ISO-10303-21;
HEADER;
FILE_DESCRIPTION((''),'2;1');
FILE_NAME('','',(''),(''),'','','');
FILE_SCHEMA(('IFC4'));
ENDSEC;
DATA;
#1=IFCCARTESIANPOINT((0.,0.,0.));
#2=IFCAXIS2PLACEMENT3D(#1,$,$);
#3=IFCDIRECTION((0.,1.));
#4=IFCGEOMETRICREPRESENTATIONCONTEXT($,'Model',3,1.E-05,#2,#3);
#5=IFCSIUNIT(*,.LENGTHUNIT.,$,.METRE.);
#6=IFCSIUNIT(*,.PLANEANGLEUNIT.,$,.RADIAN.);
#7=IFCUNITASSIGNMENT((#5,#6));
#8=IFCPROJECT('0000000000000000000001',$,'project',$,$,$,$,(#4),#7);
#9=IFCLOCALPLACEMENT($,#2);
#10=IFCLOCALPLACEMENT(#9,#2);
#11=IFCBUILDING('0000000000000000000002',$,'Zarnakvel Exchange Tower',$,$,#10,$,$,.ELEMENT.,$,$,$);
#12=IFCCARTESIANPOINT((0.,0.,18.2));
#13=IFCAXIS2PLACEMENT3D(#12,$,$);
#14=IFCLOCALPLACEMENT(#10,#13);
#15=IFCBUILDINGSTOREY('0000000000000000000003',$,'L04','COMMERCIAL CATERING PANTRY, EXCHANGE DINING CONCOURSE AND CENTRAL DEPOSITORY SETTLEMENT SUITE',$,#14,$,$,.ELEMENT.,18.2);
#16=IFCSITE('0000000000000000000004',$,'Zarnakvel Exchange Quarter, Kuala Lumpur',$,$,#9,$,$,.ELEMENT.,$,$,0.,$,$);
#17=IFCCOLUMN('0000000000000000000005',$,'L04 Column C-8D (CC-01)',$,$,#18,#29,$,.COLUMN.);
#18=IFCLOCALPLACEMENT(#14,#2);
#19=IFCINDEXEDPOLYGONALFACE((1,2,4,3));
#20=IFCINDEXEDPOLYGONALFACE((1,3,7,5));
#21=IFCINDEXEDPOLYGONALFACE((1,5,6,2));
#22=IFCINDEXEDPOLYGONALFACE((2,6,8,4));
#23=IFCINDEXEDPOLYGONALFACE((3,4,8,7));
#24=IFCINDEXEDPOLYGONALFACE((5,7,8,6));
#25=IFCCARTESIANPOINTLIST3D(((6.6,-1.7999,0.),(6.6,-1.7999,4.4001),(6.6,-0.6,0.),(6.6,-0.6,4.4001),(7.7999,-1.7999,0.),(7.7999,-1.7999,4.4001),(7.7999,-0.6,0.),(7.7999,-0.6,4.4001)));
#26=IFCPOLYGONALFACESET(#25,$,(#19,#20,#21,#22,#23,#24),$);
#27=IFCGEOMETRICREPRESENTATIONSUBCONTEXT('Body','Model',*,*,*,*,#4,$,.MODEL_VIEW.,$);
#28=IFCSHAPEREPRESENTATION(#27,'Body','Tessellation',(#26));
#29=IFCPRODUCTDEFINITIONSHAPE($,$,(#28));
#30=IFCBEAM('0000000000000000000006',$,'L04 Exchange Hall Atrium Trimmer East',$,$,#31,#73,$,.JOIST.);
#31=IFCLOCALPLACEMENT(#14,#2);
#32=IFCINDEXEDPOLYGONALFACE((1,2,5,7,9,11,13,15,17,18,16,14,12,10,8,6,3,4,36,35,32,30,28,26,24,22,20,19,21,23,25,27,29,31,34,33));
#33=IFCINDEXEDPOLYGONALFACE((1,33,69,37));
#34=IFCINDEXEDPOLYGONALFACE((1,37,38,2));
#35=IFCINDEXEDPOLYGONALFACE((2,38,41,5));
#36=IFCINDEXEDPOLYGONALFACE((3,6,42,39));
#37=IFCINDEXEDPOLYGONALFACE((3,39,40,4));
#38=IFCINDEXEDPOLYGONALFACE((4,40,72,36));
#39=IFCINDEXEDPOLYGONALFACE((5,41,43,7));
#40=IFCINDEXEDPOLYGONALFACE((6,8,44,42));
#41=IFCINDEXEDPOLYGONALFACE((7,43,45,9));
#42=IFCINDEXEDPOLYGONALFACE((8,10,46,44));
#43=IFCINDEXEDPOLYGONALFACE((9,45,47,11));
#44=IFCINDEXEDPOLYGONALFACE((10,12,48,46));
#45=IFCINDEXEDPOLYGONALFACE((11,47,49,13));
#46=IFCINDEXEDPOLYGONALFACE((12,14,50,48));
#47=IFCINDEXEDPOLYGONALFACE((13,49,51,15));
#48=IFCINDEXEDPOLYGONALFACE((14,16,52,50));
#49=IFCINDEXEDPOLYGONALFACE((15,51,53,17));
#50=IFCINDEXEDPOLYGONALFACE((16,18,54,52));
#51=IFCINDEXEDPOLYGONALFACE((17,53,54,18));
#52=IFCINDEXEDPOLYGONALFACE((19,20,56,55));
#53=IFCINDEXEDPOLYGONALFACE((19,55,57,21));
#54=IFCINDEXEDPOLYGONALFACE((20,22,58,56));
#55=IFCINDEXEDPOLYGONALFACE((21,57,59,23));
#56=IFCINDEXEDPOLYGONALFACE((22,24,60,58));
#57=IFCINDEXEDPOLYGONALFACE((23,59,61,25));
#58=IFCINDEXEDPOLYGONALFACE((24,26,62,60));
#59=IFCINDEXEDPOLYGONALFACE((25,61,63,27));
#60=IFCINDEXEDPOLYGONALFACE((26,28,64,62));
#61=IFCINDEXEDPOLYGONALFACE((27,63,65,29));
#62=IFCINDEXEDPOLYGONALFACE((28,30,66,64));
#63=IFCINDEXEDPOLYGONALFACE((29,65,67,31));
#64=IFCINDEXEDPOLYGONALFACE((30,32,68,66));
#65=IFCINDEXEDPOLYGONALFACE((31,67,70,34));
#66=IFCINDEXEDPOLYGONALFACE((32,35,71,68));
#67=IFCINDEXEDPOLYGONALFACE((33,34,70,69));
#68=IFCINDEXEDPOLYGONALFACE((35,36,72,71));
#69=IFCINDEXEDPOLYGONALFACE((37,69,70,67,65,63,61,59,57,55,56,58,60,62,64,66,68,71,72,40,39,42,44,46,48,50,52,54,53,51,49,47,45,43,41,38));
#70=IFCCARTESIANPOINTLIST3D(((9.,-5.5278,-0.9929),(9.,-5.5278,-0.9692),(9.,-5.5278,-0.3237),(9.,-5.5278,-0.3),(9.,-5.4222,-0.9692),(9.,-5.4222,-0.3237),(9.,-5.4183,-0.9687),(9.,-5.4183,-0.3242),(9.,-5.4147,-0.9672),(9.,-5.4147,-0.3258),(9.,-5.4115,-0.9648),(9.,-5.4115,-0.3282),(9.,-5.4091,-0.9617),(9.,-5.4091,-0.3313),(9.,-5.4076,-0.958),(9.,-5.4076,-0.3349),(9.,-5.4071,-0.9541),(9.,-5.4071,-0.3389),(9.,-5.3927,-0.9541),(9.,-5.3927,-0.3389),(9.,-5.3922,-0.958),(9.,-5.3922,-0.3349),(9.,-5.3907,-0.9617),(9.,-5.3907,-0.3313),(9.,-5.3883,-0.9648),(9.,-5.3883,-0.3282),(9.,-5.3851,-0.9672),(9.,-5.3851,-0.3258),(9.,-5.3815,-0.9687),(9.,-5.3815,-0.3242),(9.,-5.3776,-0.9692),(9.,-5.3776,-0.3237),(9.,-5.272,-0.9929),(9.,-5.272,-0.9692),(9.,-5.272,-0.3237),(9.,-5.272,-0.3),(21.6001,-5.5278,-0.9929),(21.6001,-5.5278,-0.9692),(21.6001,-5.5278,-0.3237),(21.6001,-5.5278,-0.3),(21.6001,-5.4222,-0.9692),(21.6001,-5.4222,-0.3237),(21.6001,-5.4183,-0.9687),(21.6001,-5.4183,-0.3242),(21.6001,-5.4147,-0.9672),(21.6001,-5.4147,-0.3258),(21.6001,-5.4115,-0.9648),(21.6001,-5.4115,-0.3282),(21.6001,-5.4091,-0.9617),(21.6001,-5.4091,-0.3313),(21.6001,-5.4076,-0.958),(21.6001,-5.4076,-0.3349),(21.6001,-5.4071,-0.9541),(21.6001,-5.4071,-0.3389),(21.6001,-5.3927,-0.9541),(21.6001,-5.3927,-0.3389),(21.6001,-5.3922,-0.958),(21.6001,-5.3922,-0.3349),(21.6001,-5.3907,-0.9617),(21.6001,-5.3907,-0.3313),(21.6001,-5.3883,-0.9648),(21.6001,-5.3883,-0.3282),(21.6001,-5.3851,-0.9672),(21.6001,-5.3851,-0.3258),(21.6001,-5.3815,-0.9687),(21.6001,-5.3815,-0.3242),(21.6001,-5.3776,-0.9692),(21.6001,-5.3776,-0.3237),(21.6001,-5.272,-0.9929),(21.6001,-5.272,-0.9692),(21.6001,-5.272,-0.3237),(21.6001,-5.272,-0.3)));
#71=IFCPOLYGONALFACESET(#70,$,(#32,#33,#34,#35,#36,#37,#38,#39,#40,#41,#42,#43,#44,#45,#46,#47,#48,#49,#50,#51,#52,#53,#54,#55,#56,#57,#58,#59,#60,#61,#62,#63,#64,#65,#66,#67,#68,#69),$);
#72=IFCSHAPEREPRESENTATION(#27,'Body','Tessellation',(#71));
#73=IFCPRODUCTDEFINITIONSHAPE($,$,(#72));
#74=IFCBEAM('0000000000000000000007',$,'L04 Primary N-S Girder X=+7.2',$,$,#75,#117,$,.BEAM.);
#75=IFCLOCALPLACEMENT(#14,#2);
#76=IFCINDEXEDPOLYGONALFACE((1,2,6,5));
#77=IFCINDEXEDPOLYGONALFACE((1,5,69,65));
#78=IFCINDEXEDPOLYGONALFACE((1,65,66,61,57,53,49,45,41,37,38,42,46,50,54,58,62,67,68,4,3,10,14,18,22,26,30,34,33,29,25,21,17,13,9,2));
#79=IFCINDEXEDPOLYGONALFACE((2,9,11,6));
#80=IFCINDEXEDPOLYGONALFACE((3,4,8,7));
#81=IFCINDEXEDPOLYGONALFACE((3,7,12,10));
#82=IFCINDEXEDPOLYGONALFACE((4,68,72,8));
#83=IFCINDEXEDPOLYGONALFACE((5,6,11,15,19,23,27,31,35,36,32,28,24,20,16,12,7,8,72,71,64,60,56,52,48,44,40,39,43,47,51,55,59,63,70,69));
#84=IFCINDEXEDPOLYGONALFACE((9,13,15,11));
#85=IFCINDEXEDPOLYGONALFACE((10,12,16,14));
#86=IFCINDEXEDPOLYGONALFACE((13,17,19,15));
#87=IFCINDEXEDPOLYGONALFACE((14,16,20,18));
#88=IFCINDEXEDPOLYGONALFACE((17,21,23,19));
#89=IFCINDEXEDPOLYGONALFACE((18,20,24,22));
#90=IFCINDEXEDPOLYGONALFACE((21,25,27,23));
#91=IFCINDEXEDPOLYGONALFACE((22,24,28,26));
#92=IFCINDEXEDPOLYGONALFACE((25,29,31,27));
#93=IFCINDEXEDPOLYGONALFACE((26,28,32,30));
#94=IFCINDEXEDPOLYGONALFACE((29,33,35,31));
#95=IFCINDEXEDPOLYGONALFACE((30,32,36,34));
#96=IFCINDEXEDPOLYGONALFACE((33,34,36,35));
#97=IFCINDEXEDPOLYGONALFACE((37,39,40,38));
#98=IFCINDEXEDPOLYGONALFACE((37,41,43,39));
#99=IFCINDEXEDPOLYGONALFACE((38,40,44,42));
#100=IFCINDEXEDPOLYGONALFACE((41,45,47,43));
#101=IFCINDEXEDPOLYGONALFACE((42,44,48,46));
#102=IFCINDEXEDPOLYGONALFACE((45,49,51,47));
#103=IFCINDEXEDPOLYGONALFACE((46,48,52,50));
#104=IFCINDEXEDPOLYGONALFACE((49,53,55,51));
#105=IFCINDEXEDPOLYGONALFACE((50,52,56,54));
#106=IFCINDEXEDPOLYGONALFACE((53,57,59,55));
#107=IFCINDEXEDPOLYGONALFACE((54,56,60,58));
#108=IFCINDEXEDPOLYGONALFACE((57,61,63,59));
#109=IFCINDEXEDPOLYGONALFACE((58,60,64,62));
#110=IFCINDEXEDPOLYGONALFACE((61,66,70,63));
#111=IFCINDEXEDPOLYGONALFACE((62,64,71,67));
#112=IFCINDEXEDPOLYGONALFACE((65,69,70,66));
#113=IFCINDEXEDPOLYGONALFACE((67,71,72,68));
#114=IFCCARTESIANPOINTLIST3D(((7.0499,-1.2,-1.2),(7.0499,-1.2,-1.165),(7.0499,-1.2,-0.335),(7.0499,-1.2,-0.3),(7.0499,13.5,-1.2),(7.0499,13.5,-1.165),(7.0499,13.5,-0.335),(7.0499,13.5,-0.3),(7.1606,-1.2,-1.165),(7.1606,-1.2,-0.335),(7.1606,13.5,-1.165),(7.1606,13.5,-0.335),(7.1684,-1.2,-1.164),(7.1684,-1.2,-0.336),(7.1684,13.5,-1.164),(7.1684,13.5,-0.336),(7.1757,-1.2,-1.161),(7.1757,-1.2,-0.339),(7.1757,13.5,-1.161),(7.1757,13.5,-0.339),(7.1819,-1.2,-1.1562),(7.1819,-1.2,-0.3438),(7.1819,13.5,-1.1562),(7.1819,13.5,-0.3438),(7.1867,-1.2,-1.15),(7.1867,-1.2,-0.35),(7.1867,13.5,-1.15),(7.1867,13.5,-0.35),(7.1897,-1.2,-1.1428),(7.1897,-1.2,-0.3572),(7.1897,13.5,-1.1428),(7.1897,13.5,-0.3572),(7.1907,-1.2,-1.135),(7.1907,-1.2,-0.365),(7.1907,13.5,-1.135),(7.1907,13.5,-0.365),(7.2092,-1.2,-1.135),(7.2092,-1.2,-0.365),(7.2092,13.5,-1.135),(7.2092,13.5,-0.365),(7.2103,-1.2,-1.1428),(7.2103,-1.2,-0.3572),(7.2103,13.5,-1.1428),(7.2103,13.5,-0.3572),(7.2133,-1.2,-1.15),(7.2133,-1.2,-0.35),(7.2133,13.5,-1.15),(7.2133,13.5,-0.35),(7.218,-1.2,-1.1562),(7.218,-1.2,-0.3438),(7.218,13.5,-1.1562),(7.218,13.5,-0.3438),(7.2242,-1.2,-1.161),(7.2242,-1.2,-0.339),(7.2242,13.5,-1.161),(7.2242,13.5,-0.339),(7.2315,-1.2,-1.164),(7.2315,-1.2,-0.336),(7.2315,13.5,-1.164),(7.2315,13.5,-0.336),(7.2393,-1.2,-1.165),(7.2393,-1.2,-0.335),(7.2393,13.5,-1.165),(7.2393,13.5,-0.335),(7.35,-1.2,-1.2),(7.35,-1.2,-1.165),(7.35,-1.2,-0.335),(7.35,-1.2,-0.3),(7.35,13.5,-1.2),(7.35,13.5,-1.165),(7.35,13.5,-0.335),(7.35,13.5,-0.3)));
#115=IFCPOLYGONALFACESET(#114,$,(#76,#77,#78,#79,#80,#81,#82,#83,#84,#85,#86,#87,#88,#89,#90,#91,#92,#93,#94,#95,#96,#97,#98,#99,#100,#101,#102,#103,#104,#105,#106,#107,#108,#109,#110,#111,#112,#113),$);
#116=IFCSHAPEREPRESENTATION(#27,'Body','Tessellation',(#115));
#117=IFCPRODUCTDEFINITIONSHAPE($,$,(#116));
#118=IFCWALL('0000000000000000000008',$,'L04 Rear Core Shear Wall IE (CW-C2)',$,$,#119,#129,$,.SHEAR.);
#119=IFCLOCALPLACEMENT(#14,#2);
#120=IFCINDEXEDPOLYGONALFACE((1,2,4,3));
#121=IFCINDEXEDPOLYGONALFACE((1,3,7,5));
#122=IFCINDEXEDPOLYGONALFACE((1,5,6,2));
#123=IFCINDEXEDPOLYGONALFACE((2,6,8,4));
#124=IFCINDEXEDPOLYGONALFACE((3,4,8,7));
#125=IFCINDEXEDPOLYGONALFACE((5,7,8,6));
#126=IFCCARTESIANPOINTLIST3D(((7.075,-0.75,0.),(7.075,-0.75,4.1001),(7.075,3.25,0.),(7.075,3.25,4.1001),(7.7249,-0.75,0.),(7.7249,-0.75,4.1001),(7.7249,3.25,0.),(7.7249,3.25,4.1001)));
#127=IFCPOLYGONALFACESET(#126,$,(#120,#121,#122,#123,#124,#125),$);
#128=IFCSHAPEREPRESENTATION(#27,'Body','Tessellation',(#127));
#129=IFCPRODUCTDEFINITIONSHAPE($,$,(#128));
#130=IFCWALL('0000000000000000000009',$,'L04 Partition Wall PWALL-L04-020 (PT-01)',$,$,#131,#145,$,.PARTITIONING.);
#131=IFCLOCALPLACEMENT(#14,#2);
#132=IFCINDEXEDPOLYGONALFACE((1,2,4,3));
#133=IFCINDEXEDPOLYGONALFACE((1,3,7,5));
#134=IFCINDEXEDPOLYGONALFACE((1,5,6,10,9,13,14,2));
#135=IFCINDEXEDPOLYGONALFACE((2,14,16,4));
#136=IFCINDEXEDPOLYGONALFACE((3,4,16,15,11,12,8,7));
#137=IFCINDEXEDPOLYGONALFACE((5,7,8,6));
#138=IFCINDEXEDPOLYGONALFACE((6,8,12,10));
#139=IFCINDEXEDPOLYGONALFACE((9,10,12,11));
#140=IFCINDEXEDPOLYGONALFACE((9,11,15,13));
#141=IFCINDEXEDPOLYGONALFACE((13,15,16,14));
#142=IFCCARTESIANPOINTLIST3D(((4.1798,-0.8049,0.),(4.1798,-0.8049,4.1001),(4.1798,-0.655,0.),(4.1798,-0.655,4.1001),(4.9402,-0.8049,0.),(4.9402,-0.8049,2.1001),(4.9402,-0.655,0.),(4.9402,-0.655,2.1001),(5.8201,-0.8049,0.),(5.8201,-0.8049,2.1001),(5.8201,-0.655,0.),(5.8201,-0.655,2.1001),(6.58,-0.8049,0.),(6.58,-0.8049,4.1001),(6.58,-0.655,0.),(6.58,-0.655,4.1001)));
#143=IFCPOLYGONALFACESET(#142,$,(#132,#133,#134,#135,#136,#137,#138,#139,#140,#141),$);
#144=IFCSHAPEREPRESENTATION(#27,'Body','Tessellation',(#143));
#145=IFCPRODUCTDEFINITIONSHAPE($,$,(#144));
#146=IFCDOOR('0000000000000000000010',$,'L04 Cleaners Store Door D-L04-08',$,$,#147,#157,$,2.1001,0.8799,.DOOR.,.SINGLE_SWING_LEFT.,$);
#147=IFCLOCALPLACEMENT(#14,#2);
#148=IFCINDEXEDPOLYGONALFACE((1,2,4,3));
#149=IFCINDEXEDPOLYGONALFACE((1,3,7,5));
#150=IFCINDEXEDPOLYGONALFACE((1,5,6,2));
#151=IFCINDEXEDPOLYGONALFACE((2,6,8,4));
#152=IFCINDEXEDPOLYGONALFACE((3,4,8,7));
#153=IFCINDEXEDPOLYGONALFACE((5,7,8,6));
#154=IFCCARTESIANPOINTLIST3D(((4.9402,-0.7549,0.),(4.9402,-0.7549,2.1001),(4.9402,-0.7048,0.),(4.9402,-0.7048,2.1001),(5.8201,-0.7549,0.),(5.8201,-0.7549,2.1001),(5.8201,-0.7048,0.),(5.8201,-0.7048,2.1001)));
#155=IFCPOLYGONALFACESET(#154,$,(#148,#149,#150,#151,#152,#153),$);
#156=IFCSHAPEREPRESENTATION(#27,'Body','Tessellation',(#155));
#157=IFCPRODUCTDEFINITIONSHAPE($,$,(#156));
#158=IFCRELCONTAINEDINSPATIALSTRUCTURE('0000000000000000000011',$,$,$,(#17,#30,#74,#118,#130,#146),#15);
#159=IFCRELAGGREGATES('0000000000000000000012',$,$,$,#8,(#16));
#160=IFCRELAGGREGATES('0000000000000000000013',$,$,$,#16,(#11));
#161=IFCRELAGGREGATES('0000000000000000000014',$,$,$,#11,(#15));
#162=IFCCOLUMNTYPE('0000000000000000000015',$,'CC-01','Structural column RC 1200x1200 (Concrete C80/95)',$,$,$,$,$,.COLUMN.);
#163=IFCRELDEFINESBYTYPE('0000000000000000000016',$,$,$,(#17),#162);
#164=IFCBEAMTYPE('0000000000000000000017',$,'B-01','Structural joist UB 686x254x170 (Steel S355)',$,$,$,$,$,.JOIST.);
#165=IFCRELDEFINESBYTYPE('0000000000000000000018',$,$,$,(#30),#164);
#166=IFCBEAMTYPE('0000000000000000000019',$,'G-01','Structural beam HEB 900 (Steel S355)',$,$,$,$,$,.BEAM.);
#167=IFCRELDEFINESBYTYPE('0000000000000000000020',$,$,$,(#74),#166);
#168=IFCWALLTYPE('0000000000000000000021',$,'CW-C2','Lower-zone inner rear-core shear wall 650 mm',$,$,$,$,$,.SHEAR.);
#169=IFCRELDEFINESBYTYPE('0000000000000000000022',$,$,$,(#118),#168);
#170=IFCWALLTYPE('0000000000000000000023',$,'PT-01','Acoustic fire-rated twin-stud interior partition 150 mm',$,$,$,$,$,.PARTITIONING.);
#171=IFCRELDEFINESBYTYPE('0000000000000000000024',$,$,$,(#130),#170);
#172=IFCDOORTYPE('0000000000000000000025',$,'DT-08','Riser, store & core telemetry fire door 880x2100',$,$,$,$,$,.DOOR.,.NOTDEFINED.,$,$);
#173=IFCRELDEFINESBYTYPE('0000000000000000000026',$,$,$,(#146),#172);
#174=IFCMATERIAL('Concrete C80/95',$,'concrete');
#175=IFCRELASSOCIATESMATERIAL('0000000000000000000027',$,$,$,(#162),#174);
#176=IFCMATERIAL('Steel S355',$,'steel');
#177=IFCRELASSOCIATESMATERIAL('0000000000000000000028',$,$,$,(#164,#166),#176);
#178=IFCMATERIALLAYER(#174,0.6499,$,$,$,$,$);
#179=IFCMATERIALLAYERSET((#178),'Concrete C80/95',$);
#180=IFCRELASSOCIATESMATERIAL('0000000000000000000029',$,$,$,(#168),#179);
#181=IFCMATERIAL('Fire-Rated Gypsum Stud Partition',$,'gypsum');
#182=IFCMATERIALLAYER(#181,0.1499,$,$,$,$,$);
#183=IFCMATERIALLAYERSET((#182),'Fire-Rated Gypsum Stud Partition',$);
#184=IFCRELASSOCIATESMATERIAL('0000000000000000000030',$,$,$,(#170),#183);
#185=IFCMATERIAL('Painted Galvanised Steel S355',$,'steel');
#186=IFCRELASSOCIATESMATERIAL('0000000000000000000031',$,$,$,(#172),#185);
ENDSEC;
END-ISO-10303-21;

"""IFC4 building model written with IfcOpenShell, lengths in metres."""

from ifc_helpers import new_model, si_unit, direction, frame, frame_2d, origin, origin_2d, place, context, subcontext, project, spatial, rectangle, i_section, extrude, source, transform, mapped, material, layer, layer_set, material_profile, profile_set, type_object, element, fill, save


model = new_model("IFC4")

# Units and contexts
model_context = context("Model", 3, precision=1e-05, world=origin(), true_north=direction((0.0, 1.0)))
body_context = subcontext(model_context, "Body", "Model", "MODEL_VIEW")
ifc_project = project(units=[si_unit("LENGTHUNIT", "METRE"), si_unit("PLANEANGLEUNIT", "RADIAN")], contexts=[model_context])

# Site, building, storey
site_placement = place(None, origin())
site = spatial("IfcSite", under=ifc_project, at=site_placement, Name="Zarnakvel Exchange Quarter, Kuala Lumpur", CompositionType="ELEMENT", RefElevation=0.0)
building_placement = place(site_placement, origin())
building = spatial("IfcBuilding", under=site, at=building_placement, Name="Zarnakvel Exchange Tower", CompositionType="ELEMENT")
storey_placement = place(building_placement, frame((0.0, 0.0, 18.2)))
storey = spatial("IfcBuildingStorey", under=building, at=storey_placement, Name="L04", Description="COMMERCIAL CATERING PANTRY, EXCHANGE DINING CONCOURSE AND CENTRAL DEPOSITORY SETTLEMENT SUITE", CompositionType="ELEMENT", Elevation=18.2)

# Column
ifc_material_1 = material(Name="Concrete C80/95", Category="concrete")
ifc_material_profile_1 = material_profile(ifc_material_1, rectangle(XDim=1.2, YDim=1.2, at=origin_2d()))
ifc_profile_set_1 = profile_set([ifc_material_profile_1], Name="Concrete C80/95")
column_type = type_object("IfcColumnType", Name="CC-01", Description="Structural column RC 1200x1200 (Concrete C80/95)", PredefinedType="COLUMN", material=ifc_profile_set_1)
column_placement = place(storey_placement, frame((7.2, -1.2, 0.0), z_axis=(0.0, 0.0, 1.0), x_axis=(1.0, 0.0, 0.0)))
element("IfcColumn", 1, at=column_placement, inside=storey, type_object=column_type, Name="L04 Column C-8D (CC-01)", PredefinedType="COLUMN", context=body_context, shape_type="SweptSolid", body=[
    extrude(rectangle(XDim=1.2, YDim=1.2, at=origin_2d()), origin(), (0.0, 0.0, 1.0), 4.4001),
])

# Beams
ifc_material_2 = material(Name="Steel S355", Category="steel")
ifc_material_profile_2 = material_profile(ifc_material_2, i_section(OverallWidth=0.2559, OverallDepth=0.6929, WebThickness=0.0144, FlangeThickness=0.0237, FilletRadius=0.0151, at=origin_2d()))
ifc_profile_set_2 = profile_set([ifc_material_profile_2], Name="Steel S355")
beam_type_1 = type_object("IfcBeamType", Name="B-01", Description="Structural joist UB 686x254x170 (Steel S355)", PredefinedType="JOIST", material=ifc_profile_set_2)
beam_1_placement = place(storey_placement, frame((9.0, -5.3999, -0.6465), z_axis=(1.0, 0.0, 0.0), x_axis=(0.0, 1.0, 0.0)))
element("IfcBeam", 2, at=beam_1_placement, inside=storey, type_object=beam_type_1, Name="L04 Exchange Hall Atrium Trimmer East", PredefinedType="JOIST", context=body_context, shape_type="SweptSolid", body=[
    extrude(i_section(OverallWidth=0.2559, OverallDepth=0.6929, WebThickness=0.0144, FlangeThickness=0.0237, FilletRadius=0.0151, at=origin_2d()), origin(), (0.0, 0.0, 1.0), 12.6001),
])
ifc_material_profile_3 = material_profile(ifc_material_2, i_section(OverallWidth=0.3, OverallDepth=0.8999, WebThickness=0.0186, FlangeThickness=0.0349, FilletRadius=0.03, at=origin_2d()))
ifc_profile_set_3 = profile_set([ifc_material_profile_3], Name="Steel S355")
beam_type_2 = type_object("IfcBeamType", Name="G-01", Description="Structural beam HEB 900 (Steel S355)", PredefinedType="BEAM", material=ifc_profile_set_3)
beam_2_placement = place(storey_placement, frame((7.2, -1.2, -0.75), z_axis=(0.0, 1.0, 0.0), x_axis=(-1.0, 0.0, 0.0)))
element("IfcBeam", 3, at=beam_2_placement, inside=storey, type_object=beam_type_2, Name="L04 Primary N-S Girder X=+7.2", PredefinedType="BEAM", context=body_context, shape_type="SweptSolid", body=[
    extrude(i_section(OverallWidth=0.3, OverallDepth=0.8999, WebThickness=0.0186, FlangeThickness=0.0349, FilletRadius=0.03, at=origin_2d()), origin(), (0.0, 0.0, 1.0), 14.7),
])

# Shared definitions
ifc_material_3 = material(Name="Painted Galvanised Steel S355", Category="steel")

# Wall
ifc_layer_1 = layer(ifc_material_1, 0.6499)
ifc_layer_set_1 = layer_set([ifc_layer_1], Name="Concrete C80/95")
wall_type_1 = type_object("IfcWallType", Name="CW-C2", Description="Lower-zone inner rear-core shear wall 650 mm", PredefinedType="SHEAR", material=ifc_layer_set_1)
wall_1_placement = place(storey_placement, frame((7.3999, -0.75, 0.0), z_axis=(0.0, 0.0, 1.0), x_axis=(0.0, 1.0, 0.0)))
element("IfcWall", 4, at=wall_1_placement, inside=storey, type_object=wall_type_1, Name="L04 Rear Core Shear Wall IE (CW-C2)", PredefinedType="SHEAR", context=body_context, shape_type="SweptSolid", body=[
    extrude(rectangle(XDim=4.0, YDim=0.6499, at=frame_2d((2.0, 0.0))), origin(), (0.0, 0.0, 1.0), 4.1001),
])

# Wall, opening, door
ifc_material_4 = material(Name="Fire-Rated Gypsum Stud Partition", Category="gypsum")
ifc_layer_2 = layer(ifc_material_4, 0.1499)
ifc_layer_set_2 = layer_set([ifc_layer_2], Name="Fire-Rated Gypsum Stud Partition")
wall_type_2 = type_object("IfcWallType", Name="PT-01", Description="Acoustic fire-rated twin-stud interior partition 150 mm", PredefinedType="PARTITIONING", material=ifc_layer_set_2)
wall_2_placement = place(storey_placement, frame((6.5801, -0.73, 0.0), z_axis=(0.0, 0.0, 1.0), x_axis=(-1.0, 0.0, 0.0)))
wall_2 = element("IfcWall", 5, at=wall_2_placement, inside=storey, type_object=wall_type_2, Name="L04 Partition Wall PWALL-L04-020 (PT-01)", PredefinedType="PARTITIONING", context=body_context, shape_type="SweptSolid", body=[
    extrude(rectangle(XDim=2.4001, YDim=0.1499, at=frame_2d((1.2002, 0.0))), origin(), (0.0, 0.0, 1.0), 4.1001),
])
opening_1_placement = place(wall_2_placement, frame((0.76, 0.0, 0.0)))
opening_1 = element("IfcOpeningElement", 6, at=opening_1_placement, cuts=wall_2, PredefinedType="OPENING", context=body_context, shape_type="SweptSolid", body=[
    extrude(rectangle(XDim=0.8799, YDim=2.1001, at=frame_2d((0.4399, 1.05))), frame((0.0, 0.085, 0.0), z_axis=(0.0, -1.0, 0.0), x_axis=(1.0, 0.0, 0.0)), (0.0, 0.0, 1.0), 0.1699),
])
door_type_1 = type_object("IfcDoorType", Name="DT-08", Description="Riser, store & core telemetry fire door 880x2100", OperationType="NOTDEFINED", PredefinedType="DOOR", material=ifc_material_3)
shared_shape_1 = source(origin(), body_context, "Body", "SweptSolid", [
    extrude(rectangle(XDim=0.8799, YDim=2.1001, at=frame_2d((0.4399, 1.05))), frame((0.0, 0.0249, 0.0), z_axis=(0.0, -1.0, 0.0), x_axis=(1.0, 0.0, 0.0)), (0.0, 0.0, 1.0), 0.05),
])
door_1_placement = place(opening_1_placement, origin())
door_1 = element("IfcDoor", 7, at=door_1_placement, inside=storey, type_object=door_type_1, Name="L04 Cleaners Store Door D-L04-08", OperationType="SINGLE_SWING_LEFT", OverallHeight=2.1001, OverallWidth=0.8799, PredefinedType="DOOR", context=body_context, shape_type="MappedRepresentation", body=[
    mapped(shared_shape_1, transform((0.0, 0.0, 0.0), x_axis=(1.0, 0.0, 0.0), y_axis=(0.0, 1.0, 0.0), z_axis=(0.0, 0.0, 1.0), scale=1.0)),
])
fill(opening_1, door_1)

save(model, "model.ifc")
